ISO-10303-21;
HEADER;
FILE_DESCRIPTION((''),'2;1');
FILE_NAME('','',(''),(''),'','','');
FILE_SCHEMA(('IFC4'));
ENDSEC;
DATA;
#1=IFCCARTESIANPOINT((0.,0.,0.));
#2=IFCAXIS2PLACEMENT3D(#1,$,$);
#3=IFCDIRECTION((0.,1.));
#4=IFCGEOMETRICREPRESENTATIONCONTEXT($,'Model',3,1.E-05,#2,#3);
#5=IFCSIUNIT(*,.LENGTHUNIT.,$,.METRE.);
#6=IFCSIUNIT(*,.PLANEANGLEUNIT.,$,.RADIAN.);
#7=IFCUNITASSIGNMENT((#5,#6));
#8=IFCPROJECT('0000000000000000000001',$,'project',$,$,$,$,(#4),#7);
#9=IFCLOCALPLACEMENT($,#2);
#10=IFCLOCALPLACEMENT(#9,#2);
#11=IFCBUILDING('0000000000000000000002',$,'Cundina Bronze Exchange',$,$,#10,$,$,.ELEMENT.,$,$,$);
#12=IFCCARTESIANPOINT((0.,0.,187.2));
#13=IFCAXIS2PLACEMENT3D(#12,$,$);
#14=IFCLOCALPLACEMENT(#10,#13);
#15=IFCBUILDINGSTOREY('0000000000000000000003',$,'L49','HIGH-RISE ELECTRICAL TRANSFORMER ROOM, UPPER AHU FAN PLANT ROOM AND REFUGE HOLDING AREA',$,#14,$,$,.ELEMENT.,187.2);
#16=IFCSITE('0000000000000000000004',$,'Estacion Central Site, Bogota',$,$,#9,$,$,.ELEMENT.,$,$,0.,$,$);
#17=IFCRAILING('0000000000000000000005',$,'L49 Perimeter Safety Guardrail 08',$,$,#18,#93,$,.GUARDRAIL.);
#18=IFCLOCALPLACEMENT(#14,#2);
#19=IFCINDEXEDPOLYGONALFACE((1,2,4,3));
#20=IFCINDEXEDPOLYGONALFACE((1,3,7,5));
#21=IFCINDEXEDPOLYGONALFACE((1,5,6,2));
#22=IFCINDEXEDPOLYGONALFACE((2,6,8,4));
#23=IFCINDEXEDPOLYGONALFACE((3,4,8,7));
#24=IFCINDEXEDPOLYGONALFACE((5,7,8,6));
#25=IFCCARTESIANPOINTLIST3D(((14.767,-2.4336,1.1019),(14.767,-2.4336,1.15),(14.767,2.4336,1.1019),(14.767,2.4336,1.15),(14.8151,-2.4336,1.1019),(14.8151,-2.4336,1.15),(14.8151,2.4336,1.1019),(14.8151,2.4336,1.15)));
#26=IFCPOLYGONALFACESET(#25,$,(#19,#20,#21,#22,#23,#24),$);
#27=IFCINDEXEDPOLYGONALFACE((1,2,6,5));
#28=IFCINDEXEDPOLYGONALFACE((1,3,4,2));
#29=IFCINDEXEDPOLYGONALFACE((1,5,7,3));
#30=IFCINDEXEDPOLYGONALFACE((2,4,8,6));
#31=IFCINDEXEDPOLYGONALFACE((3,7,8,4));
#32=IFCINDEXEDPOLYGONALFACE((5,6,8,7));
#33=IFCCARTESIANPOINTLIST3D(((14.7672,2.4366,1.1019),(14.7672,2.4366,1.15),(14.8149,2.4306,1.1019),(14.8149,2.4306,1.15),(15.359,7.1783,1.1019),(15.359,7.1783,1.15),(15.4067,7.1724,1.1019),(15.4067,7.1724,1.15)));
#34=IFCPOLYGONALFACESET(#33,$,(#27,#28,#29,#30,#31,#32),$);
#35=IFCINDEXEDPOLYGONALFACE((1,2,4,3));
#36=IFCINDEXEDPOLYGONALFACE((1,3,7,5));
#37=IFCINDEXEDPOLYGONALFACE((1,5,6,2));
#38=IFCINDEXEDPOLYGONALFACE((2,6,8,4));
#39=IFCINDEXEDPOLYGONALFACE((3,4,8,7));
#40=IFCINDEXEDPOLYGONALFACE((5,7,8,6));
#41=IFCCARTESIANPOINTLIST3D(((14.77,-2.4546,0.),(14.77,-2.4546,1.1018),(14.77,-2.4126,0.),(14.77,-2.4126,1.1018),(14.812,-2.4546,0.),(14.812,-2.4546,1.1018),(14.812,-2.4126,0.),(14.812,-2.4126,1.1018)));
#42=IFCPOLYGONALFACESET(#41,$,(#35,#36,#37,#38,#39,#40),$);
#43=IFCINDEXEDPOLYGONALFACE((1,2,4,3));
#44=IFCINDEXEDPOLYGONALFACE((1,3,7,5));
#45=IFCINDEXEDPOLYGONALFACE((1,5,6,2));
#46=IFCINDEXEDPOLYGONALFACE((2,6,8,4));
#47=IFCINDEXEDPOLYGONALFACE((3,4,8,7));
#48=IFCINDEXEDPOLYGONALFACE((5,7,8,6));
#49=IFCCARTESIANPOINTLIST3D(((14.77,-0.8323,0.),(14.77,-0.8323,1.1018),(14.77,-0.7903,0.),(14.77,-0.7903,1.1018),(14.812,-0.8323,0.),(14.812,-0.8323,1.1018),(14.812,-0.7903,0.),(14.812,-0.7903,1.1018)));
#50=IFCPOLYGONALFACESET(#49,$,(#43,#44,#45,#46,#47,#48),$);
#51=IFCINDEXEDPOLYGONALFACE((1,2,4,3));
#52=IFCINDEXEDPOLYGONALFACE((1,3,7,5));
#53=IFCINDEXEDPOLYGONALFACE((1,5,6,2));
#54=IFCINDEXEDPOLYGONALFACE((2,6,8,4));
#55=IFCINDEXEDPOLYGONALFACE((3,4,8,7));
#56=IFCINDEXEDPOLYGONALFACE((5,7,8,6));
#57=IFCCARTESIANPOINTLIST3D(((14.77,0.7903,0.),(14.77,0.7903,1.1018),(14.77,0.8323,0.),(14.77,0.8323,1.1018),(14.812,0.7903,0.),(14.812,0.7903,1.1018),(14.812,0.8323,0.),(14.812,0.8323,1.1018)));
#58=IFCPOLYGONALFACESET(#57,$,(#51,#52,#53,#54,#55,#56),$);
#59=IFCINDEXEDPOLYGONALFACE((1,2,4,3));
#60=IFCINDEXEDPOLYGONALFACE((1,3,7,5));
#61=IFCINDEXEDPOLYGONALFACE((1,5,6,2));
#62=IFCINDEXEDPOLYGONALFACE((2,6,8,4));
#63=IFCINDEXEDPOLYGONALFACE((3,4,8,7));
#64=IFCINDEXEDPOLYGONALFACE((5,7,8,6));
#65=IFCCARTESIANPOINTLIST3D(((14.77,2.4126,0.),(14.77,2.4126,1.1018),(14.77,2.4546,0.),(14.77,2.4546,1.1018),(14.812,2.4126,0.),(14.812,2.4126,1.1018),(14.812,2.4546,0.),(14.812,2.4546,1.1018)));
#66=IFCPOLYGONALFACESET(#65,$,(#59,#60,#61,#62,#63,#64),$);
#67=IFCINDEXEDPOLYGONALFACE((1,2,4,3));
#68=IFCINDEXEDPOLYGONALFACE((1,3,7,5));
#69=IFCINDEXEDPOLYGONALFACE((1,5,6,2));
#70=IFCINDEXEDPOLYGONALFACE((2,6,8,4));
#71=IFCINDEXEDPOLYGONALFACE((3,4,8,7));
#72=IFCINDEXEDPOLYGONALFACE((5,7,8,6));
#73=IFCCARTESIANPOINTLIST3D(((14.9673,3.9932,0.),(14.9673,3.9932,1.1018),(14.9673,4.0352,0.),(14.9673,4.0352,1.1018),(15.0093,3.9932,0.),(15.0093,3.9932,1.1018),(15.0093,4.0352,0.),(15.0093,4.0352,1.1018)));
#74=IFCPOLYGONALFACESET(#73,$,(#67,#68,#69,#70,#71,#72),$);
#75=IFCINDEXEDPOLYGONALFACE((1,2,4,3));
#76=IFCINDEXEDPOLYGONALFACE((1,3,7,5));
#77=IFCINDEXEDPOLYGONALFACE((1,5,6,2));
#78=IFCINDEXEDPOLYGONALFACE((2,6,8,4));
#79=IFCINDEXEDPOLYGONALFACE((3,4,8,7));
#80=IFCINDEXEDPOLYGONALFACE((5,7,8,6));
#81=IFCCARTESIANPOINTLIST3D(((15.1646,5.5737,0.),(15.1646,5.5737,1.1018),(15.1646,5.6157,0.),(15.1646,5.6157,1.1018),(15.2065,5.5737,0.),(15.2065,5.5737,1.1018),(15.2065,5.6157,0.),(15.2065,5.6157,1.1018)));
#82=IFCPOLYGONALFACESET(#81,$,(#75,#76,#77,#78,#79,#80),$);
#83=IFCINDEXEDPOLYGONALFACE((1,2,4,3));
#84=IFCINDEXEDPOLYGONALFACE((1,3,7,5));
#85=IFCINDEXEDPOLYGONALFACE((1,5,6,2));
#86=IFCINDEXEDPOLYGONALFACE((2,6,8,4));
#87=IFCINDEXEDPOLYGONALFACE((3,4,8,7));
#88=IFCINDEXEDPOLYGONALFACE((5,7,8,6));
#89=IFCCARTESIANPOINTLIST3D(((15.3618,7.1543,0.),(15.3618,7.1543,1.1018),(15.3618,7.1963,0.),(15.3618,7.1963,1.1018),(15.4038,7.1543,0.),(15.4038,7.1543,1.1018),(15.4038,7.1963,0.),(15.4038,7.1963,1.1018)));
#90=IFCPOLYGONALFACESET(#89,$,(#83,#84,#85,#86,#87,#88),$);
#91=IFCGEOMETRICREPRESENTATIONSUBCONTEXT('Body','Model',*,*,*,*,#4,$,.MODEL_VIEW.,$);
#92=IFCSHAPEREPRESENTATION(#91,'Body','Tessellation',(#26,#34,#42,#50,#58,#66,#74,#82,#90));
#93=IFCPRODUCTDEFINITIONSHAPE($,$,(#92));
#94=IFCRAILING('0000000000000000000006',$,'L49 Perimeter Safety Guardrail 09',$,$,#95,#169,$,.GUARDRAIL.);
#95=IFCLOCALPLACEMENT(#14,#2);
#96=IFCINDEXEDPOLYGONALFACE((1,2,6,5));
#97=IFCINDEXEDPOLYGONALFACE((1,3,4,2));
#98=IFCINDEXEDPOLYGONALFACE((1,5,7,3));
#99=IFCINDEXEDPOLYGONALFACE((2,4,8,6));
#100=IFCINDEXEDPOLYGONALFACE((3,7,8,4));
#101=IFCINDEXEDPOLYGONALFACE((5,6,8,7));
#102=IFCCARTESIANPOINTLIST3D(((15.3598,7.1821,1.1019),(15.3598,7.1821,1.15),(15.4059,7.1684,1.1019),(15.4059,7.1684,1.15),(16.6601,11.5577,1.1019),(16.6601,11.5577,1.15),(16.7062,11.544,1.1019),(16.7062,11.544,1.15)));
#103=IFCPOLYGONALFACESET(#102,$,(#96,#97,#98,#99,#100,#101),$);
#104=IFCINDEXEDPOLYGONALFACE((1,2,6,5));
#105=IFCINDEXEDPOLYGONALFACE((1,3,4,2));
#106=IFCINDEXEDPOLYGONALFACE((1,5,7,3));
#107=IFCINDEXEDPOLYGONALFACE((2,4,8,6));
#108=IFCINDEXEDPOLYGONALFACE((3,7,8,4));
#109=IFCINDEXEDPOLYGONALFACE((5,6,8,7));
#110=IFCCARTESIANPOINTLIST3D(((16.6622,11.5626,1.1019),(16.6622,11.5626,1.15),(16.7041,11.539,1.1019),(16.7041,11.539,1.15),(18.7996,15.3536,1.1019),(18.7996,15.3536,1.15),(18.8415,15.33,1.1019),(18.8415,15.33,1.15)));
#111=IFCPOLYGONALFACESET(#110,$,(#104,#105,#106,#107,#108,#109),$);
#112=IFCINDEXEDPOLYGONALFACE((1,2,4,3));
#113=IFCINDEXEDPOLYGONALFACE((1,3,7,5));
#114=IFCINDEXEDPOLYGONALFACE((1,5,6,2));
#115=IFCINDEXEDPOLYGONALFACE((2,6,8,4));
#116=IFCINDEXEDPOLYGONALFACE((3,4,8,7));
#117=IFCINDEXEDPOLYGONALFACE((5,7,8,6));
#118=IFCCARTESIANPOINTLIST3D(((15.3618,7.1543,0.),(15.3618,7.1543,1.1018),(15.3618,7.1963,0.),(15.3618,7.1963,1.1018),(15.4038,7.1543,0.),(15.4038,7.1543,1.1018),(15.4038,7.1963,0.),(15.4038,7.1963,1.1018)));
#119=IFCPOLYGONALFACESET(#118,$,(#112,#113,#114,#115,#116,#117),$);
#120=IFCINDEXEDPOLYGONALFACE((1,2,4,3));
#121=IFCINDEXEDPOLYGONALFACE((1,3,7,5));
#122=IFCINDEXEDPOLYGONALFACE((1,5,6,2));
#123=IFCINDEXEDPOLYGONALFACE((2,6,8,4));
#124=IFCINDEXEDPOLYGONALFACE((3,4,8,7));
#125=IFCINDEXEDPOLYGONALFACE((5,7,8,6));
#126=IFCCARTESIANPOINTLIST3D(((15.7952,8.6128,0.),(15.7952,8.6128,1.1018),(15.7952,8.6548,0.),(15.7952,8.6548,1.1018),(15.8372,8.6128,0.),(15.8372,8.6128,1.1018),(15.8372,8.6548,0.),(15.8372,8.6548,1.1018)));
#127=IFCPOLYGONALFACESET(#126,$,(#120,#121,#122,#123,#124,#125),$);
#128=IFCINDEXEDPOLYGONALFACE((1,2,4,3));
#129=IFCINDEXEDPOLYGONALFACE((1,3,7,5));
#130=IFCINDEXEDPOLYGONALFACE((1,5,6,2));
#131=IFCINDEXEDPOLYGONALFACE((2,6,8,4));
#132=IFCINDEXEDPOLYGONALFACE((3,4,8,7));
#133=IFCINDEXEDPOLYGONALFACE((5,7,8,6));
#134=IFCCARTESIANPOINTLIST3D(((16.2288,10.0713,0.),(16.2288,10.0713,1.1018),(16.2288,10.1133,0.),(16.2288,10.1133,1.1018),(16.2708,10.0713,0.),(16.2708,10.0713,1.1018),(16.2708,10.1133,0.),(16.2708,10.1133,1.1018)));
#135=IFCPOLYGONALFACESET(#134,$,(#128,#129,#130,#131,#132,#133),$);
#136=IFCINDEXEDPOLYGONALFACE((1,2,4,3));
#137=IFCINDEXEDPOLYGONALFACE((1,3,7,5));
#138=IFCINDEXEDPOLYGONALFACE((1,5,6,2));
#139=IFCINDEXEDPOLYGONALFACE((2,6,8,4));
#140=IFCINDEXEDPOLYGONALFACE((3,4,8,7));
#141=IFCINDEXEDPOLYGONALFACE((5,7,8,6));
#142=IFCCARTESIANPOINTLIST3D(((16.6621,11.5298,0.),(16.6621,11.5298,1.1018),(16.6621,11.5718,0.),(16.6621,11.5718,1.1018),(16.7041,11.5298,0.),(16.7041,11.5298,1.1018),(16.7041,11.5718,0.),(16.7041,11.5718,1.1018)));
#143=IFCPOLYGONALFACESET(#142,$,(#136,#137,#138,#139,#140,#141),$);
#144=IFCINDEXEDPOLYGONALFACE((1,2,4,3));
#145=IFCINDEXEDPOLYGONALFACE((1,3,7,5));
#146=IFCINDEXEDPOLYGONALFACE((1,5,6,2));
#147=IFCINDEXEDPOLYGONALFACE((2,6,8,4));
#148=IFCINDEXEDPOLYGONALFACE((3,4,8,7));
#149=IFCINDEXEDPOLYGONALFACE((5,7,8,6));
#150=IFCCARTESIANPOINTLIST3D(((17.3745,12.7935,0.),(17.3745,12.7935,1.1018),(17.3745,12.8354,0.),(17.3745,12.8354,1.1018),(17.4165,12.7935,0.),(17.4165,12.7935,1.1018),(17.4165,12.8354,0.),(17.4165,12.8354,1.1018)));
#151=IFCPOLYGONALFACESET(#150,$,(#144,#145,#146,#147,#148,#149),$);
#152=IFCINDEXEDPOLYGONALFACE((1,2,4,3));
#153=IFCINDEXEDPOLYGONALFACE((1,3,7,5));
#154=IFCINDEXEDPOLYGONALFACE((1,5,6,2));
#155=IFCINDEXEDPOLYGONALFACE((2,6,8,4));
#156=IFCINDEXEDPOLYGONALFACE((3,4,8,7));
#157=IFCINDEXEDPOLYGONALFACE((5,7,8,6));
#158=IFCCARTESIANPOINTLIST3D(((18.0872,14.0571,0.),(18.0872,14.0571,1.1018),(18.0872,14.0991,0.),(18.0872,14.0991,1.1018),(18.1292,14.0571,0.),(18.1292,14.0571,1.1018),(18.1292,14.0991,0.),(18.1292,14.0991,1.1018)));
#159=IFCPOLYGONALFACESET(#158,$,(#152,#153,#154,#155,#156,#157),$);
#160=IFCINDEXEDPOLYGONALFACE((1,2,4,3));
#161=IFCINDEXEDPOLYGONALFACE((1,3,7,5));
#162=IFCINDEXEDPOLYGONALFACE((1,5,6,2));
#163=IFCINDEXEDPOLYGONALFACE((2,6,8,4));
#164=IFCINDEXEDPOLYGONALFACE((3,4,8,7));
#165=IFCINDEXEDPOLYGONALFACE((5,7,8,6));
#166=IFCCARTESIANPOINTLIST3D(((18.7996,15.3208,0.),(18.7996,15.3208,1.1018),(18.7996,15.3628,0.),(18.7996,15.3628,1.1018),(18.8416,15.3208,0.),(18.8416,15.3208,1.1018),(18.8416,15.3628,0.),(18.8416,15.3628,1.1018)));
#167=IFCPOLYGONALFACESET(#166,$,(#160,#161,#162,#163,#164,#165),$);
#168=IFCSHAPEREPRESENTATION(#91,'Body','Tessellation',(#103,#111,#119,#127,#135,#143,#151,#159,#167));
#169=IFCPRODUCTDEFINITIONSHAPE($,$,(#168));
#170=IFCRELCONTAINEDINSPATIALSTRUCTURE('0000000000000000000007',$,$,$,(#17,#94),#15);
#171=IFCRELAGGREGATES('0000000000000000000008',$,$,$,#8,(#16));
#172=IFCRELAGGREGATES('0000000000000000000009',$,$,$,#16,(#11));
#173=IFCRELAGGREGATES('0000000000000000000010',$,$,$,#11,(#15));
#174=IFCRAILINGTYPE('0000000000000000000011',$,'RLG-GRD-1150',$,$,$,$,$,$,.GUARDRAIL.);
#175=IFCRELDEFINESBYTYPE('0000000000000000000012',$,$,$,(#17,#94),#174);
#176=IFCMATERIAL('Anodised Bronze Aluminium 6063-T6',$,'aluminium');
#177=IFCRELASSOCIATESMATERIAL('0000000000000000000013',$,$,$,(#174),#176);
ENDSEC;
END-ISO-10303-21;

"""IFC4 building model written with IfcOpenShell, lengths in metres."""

from ifc_helpers import new_model, si_unit, direction, frame, origin, origin_2d, place, context, subcontext, project, spatial, rectangle, extrude, material, type_object, element, save


model = new_model("IFC4")

# Units and contexts
model_context = context("Model", 3, precision=1e-05, world=origin(), true_north=direction((0.0, 1.0)))
body_context = subcontext(model_context, "Body", "Model", "MODEL_VIEW")
ifc_project = project(units=[si_unit("LENGTHUNIT", "METRE"), si_unit("PLANEANGLEUNIT", "RADIAN")], contexts=[model_context])

# Site, building, storey
site_placement = place(None, origin())
site = spatial("IfcSite", under=ifc_project, at=site_placement, Name="Estacion Central Site, Bogota", CompositionType="ELEMENT", RefElevation=0.0)
building_placement = place(site_placement, origin())
building = spatial("IfcBuilding", under=site, at=building_placement, Name="Cundina Bronze Exchange", CompositionType="ELEMENT")
storey_placement = place(building_placement, frame((0.0, 0.0, 187.2)))
storey = spatial("IfcBuildingStorey", under=building, at=storey_placement, Name="L49", Description="HIGH-RISE ELECTRICAL TRANSFORMER ROOM, UPPER AHU FAN PLANT ROOM AND REFUGE HOLDING AREA", CompositionType="ELEMENT", Elevation=187.2)

# Shared definitions
ifc_material_1 = material(Name="Anodised Bronze Aluminium 6063-T6", Category="aluminium")

# Railings
railing_type = type_object("IfcRailingType", Name="RLG-GRD-1150", PredefinedType="GUARDRAIL", material=ifc_material_1)
railing_1_placement = place(storey_placement, frame((14.791, -2.4336, 0.0)))
element("IfcRailing", 1, at=railing_1_placement, inside=storey, type_object=railing_type, Name="L49 Perimeter Safety Guardrail 08", PredefinedType="GUARDRAIL", context=body_context, shape_type="SweptSolid", body=[
    extrude(rectangle(XDim=0.0481, YDim=0.0481, at=origin_2d()), frame((0.0, 0.0, 1.126), z_axis=(0.0, 1.0, 0.0), x_axis=(-1.0, 0.0, 0.0)), (0.0, 0.0, 1.0), 4.8672),
    extrude(rectangle(XDim=0.0481, YDim=0.0481, at=origin_2d()), frame((0.0, 4.8672, 1.126), z_axis=(0.123846, 0.992301, 0.0), x_axis=(-0.992301, 0.123846, 0.0)), (0.0, 0.0, 1.0), 4.7786),
    extrude(rectangle(XDim=0.042, YDim=0.042, at=origin_2d()), origin(), (0.0, 0.0, 1.0), 1.1018),
    extrude(rectangle(XDim=0.042, YDim=0.042, at=origin_2d()), frame((0.0, 1.6223, 0.0)), (0.0, 0.0, 1.0), 1.1018),
    extrude(rectangle(XDim=0.042, YDim=0.042, at=origin_2d()), frame((0.0, 3.2449, 0.0)), (0.0, 0.0, 1.0), 1.1018),
    extrude(rectangle(XDim=0.042, YDim=0.042, at=origin_2d()), frame((0.0, 4.8672, 0.0)), (0.0, 0.0, 1.0), 1.1018),
    extrude(rectangle(XDim=0.042, YDim=0.042, at=origin_2d()), frame((0.1973, 6.4478, 0.0)), (0.0, 0.0, 1.0), 1.1018),
    extrude(rectangle(XDim=0.042, YDim=0.042, at=origin_2d()), frame((0.3945, 8.0283, 0.0)), (0.0, 0.0, 1.0), 1.1018),
    extrude(rectangle(XDim=0.042, YDim=0.042, at=origin_2d()), frame((0.5918, 9.6089, 0.0)), (0.0, 0.0, 1.0), 1.1018),
])
railing_2_placement = place(storey_placement, frame((15.3828, 7.1753, 0.0)))
element("IfcRailing", 2, at=railing_2_placement, inside=storey, type_object=railing_type, Name="L49 Perimeter Safety Guardrail 09", PredefinedType="GUARDRAIL", context=body_context, shape_type="SweptSolid", body=[
    extrude(rectangle(XDim=0.0481, YDim=0.0481, at=origin_2d()), frame((0.0, 0.0, 1.126), z_axis=(0.284864, 0.958568, 0.0), x_axis=(-0.958568, 0.284864, 0.0)), (0.0, 0.0, 1.0), 4.5647),
    extrude(rectangle(XDim=0.0481, YDim=0.0481, at=origin_2d()), frame((1.3003, 4.3755, 1.126), z_axis=(0.491135, 0.871084, 0.0), x_axis=(-0.871084, 0.491135, 0.0)), (0.0, 0.0, 1.0), 4.3521),
    extrude(rectangle(XDim=0.042, YDim=0.042, at=origin_2d()), origin(), (0.0, 0.0, 1.0), 1.1018),
    extrude(rectangle(XDim=0.042, YDim=0.042, at=origin_2d()), frame((0.4333, 1.4585, 0.0)), (0.0, 0.0, 1.0), 1.1018),
    extrude(rectangle(XDim=0.042, YDim=0.042, at=origin_2d()), frame((0.8669, 2.917, 0.0)), (0.0, 0.0, 1.0), 1.1018),
    extrude(rectangle(XDim=0.042, YDim=0.042, at=origin_2d()), frame((1.3003, 4.3755, 0.0)), (0.0, 0.0, 1.0), 1.1018),
    extrude(rectangle(XDim=0.042, YDim=0.042, at=origin_2d()), frame((2.0127, 5.6392, 0.0)), (0.0, 0.0, 1.0), 1.1018),
    extrude(rectangle(XDim=0.042, YDim=0.042, at=origin_2d()), frame((2.7253, 6.9028, 0.0)), (0.0, 0.0, 1.0), 1.1018),
    extrude(rectangle(XDim=0.042, YDim=0.042, at=origin_2d()), frame((3.4377, 8.1665, 0.0)), (0.0, 0.0, 1.0), 1.1018),
])

save(model, "model.ifc")
